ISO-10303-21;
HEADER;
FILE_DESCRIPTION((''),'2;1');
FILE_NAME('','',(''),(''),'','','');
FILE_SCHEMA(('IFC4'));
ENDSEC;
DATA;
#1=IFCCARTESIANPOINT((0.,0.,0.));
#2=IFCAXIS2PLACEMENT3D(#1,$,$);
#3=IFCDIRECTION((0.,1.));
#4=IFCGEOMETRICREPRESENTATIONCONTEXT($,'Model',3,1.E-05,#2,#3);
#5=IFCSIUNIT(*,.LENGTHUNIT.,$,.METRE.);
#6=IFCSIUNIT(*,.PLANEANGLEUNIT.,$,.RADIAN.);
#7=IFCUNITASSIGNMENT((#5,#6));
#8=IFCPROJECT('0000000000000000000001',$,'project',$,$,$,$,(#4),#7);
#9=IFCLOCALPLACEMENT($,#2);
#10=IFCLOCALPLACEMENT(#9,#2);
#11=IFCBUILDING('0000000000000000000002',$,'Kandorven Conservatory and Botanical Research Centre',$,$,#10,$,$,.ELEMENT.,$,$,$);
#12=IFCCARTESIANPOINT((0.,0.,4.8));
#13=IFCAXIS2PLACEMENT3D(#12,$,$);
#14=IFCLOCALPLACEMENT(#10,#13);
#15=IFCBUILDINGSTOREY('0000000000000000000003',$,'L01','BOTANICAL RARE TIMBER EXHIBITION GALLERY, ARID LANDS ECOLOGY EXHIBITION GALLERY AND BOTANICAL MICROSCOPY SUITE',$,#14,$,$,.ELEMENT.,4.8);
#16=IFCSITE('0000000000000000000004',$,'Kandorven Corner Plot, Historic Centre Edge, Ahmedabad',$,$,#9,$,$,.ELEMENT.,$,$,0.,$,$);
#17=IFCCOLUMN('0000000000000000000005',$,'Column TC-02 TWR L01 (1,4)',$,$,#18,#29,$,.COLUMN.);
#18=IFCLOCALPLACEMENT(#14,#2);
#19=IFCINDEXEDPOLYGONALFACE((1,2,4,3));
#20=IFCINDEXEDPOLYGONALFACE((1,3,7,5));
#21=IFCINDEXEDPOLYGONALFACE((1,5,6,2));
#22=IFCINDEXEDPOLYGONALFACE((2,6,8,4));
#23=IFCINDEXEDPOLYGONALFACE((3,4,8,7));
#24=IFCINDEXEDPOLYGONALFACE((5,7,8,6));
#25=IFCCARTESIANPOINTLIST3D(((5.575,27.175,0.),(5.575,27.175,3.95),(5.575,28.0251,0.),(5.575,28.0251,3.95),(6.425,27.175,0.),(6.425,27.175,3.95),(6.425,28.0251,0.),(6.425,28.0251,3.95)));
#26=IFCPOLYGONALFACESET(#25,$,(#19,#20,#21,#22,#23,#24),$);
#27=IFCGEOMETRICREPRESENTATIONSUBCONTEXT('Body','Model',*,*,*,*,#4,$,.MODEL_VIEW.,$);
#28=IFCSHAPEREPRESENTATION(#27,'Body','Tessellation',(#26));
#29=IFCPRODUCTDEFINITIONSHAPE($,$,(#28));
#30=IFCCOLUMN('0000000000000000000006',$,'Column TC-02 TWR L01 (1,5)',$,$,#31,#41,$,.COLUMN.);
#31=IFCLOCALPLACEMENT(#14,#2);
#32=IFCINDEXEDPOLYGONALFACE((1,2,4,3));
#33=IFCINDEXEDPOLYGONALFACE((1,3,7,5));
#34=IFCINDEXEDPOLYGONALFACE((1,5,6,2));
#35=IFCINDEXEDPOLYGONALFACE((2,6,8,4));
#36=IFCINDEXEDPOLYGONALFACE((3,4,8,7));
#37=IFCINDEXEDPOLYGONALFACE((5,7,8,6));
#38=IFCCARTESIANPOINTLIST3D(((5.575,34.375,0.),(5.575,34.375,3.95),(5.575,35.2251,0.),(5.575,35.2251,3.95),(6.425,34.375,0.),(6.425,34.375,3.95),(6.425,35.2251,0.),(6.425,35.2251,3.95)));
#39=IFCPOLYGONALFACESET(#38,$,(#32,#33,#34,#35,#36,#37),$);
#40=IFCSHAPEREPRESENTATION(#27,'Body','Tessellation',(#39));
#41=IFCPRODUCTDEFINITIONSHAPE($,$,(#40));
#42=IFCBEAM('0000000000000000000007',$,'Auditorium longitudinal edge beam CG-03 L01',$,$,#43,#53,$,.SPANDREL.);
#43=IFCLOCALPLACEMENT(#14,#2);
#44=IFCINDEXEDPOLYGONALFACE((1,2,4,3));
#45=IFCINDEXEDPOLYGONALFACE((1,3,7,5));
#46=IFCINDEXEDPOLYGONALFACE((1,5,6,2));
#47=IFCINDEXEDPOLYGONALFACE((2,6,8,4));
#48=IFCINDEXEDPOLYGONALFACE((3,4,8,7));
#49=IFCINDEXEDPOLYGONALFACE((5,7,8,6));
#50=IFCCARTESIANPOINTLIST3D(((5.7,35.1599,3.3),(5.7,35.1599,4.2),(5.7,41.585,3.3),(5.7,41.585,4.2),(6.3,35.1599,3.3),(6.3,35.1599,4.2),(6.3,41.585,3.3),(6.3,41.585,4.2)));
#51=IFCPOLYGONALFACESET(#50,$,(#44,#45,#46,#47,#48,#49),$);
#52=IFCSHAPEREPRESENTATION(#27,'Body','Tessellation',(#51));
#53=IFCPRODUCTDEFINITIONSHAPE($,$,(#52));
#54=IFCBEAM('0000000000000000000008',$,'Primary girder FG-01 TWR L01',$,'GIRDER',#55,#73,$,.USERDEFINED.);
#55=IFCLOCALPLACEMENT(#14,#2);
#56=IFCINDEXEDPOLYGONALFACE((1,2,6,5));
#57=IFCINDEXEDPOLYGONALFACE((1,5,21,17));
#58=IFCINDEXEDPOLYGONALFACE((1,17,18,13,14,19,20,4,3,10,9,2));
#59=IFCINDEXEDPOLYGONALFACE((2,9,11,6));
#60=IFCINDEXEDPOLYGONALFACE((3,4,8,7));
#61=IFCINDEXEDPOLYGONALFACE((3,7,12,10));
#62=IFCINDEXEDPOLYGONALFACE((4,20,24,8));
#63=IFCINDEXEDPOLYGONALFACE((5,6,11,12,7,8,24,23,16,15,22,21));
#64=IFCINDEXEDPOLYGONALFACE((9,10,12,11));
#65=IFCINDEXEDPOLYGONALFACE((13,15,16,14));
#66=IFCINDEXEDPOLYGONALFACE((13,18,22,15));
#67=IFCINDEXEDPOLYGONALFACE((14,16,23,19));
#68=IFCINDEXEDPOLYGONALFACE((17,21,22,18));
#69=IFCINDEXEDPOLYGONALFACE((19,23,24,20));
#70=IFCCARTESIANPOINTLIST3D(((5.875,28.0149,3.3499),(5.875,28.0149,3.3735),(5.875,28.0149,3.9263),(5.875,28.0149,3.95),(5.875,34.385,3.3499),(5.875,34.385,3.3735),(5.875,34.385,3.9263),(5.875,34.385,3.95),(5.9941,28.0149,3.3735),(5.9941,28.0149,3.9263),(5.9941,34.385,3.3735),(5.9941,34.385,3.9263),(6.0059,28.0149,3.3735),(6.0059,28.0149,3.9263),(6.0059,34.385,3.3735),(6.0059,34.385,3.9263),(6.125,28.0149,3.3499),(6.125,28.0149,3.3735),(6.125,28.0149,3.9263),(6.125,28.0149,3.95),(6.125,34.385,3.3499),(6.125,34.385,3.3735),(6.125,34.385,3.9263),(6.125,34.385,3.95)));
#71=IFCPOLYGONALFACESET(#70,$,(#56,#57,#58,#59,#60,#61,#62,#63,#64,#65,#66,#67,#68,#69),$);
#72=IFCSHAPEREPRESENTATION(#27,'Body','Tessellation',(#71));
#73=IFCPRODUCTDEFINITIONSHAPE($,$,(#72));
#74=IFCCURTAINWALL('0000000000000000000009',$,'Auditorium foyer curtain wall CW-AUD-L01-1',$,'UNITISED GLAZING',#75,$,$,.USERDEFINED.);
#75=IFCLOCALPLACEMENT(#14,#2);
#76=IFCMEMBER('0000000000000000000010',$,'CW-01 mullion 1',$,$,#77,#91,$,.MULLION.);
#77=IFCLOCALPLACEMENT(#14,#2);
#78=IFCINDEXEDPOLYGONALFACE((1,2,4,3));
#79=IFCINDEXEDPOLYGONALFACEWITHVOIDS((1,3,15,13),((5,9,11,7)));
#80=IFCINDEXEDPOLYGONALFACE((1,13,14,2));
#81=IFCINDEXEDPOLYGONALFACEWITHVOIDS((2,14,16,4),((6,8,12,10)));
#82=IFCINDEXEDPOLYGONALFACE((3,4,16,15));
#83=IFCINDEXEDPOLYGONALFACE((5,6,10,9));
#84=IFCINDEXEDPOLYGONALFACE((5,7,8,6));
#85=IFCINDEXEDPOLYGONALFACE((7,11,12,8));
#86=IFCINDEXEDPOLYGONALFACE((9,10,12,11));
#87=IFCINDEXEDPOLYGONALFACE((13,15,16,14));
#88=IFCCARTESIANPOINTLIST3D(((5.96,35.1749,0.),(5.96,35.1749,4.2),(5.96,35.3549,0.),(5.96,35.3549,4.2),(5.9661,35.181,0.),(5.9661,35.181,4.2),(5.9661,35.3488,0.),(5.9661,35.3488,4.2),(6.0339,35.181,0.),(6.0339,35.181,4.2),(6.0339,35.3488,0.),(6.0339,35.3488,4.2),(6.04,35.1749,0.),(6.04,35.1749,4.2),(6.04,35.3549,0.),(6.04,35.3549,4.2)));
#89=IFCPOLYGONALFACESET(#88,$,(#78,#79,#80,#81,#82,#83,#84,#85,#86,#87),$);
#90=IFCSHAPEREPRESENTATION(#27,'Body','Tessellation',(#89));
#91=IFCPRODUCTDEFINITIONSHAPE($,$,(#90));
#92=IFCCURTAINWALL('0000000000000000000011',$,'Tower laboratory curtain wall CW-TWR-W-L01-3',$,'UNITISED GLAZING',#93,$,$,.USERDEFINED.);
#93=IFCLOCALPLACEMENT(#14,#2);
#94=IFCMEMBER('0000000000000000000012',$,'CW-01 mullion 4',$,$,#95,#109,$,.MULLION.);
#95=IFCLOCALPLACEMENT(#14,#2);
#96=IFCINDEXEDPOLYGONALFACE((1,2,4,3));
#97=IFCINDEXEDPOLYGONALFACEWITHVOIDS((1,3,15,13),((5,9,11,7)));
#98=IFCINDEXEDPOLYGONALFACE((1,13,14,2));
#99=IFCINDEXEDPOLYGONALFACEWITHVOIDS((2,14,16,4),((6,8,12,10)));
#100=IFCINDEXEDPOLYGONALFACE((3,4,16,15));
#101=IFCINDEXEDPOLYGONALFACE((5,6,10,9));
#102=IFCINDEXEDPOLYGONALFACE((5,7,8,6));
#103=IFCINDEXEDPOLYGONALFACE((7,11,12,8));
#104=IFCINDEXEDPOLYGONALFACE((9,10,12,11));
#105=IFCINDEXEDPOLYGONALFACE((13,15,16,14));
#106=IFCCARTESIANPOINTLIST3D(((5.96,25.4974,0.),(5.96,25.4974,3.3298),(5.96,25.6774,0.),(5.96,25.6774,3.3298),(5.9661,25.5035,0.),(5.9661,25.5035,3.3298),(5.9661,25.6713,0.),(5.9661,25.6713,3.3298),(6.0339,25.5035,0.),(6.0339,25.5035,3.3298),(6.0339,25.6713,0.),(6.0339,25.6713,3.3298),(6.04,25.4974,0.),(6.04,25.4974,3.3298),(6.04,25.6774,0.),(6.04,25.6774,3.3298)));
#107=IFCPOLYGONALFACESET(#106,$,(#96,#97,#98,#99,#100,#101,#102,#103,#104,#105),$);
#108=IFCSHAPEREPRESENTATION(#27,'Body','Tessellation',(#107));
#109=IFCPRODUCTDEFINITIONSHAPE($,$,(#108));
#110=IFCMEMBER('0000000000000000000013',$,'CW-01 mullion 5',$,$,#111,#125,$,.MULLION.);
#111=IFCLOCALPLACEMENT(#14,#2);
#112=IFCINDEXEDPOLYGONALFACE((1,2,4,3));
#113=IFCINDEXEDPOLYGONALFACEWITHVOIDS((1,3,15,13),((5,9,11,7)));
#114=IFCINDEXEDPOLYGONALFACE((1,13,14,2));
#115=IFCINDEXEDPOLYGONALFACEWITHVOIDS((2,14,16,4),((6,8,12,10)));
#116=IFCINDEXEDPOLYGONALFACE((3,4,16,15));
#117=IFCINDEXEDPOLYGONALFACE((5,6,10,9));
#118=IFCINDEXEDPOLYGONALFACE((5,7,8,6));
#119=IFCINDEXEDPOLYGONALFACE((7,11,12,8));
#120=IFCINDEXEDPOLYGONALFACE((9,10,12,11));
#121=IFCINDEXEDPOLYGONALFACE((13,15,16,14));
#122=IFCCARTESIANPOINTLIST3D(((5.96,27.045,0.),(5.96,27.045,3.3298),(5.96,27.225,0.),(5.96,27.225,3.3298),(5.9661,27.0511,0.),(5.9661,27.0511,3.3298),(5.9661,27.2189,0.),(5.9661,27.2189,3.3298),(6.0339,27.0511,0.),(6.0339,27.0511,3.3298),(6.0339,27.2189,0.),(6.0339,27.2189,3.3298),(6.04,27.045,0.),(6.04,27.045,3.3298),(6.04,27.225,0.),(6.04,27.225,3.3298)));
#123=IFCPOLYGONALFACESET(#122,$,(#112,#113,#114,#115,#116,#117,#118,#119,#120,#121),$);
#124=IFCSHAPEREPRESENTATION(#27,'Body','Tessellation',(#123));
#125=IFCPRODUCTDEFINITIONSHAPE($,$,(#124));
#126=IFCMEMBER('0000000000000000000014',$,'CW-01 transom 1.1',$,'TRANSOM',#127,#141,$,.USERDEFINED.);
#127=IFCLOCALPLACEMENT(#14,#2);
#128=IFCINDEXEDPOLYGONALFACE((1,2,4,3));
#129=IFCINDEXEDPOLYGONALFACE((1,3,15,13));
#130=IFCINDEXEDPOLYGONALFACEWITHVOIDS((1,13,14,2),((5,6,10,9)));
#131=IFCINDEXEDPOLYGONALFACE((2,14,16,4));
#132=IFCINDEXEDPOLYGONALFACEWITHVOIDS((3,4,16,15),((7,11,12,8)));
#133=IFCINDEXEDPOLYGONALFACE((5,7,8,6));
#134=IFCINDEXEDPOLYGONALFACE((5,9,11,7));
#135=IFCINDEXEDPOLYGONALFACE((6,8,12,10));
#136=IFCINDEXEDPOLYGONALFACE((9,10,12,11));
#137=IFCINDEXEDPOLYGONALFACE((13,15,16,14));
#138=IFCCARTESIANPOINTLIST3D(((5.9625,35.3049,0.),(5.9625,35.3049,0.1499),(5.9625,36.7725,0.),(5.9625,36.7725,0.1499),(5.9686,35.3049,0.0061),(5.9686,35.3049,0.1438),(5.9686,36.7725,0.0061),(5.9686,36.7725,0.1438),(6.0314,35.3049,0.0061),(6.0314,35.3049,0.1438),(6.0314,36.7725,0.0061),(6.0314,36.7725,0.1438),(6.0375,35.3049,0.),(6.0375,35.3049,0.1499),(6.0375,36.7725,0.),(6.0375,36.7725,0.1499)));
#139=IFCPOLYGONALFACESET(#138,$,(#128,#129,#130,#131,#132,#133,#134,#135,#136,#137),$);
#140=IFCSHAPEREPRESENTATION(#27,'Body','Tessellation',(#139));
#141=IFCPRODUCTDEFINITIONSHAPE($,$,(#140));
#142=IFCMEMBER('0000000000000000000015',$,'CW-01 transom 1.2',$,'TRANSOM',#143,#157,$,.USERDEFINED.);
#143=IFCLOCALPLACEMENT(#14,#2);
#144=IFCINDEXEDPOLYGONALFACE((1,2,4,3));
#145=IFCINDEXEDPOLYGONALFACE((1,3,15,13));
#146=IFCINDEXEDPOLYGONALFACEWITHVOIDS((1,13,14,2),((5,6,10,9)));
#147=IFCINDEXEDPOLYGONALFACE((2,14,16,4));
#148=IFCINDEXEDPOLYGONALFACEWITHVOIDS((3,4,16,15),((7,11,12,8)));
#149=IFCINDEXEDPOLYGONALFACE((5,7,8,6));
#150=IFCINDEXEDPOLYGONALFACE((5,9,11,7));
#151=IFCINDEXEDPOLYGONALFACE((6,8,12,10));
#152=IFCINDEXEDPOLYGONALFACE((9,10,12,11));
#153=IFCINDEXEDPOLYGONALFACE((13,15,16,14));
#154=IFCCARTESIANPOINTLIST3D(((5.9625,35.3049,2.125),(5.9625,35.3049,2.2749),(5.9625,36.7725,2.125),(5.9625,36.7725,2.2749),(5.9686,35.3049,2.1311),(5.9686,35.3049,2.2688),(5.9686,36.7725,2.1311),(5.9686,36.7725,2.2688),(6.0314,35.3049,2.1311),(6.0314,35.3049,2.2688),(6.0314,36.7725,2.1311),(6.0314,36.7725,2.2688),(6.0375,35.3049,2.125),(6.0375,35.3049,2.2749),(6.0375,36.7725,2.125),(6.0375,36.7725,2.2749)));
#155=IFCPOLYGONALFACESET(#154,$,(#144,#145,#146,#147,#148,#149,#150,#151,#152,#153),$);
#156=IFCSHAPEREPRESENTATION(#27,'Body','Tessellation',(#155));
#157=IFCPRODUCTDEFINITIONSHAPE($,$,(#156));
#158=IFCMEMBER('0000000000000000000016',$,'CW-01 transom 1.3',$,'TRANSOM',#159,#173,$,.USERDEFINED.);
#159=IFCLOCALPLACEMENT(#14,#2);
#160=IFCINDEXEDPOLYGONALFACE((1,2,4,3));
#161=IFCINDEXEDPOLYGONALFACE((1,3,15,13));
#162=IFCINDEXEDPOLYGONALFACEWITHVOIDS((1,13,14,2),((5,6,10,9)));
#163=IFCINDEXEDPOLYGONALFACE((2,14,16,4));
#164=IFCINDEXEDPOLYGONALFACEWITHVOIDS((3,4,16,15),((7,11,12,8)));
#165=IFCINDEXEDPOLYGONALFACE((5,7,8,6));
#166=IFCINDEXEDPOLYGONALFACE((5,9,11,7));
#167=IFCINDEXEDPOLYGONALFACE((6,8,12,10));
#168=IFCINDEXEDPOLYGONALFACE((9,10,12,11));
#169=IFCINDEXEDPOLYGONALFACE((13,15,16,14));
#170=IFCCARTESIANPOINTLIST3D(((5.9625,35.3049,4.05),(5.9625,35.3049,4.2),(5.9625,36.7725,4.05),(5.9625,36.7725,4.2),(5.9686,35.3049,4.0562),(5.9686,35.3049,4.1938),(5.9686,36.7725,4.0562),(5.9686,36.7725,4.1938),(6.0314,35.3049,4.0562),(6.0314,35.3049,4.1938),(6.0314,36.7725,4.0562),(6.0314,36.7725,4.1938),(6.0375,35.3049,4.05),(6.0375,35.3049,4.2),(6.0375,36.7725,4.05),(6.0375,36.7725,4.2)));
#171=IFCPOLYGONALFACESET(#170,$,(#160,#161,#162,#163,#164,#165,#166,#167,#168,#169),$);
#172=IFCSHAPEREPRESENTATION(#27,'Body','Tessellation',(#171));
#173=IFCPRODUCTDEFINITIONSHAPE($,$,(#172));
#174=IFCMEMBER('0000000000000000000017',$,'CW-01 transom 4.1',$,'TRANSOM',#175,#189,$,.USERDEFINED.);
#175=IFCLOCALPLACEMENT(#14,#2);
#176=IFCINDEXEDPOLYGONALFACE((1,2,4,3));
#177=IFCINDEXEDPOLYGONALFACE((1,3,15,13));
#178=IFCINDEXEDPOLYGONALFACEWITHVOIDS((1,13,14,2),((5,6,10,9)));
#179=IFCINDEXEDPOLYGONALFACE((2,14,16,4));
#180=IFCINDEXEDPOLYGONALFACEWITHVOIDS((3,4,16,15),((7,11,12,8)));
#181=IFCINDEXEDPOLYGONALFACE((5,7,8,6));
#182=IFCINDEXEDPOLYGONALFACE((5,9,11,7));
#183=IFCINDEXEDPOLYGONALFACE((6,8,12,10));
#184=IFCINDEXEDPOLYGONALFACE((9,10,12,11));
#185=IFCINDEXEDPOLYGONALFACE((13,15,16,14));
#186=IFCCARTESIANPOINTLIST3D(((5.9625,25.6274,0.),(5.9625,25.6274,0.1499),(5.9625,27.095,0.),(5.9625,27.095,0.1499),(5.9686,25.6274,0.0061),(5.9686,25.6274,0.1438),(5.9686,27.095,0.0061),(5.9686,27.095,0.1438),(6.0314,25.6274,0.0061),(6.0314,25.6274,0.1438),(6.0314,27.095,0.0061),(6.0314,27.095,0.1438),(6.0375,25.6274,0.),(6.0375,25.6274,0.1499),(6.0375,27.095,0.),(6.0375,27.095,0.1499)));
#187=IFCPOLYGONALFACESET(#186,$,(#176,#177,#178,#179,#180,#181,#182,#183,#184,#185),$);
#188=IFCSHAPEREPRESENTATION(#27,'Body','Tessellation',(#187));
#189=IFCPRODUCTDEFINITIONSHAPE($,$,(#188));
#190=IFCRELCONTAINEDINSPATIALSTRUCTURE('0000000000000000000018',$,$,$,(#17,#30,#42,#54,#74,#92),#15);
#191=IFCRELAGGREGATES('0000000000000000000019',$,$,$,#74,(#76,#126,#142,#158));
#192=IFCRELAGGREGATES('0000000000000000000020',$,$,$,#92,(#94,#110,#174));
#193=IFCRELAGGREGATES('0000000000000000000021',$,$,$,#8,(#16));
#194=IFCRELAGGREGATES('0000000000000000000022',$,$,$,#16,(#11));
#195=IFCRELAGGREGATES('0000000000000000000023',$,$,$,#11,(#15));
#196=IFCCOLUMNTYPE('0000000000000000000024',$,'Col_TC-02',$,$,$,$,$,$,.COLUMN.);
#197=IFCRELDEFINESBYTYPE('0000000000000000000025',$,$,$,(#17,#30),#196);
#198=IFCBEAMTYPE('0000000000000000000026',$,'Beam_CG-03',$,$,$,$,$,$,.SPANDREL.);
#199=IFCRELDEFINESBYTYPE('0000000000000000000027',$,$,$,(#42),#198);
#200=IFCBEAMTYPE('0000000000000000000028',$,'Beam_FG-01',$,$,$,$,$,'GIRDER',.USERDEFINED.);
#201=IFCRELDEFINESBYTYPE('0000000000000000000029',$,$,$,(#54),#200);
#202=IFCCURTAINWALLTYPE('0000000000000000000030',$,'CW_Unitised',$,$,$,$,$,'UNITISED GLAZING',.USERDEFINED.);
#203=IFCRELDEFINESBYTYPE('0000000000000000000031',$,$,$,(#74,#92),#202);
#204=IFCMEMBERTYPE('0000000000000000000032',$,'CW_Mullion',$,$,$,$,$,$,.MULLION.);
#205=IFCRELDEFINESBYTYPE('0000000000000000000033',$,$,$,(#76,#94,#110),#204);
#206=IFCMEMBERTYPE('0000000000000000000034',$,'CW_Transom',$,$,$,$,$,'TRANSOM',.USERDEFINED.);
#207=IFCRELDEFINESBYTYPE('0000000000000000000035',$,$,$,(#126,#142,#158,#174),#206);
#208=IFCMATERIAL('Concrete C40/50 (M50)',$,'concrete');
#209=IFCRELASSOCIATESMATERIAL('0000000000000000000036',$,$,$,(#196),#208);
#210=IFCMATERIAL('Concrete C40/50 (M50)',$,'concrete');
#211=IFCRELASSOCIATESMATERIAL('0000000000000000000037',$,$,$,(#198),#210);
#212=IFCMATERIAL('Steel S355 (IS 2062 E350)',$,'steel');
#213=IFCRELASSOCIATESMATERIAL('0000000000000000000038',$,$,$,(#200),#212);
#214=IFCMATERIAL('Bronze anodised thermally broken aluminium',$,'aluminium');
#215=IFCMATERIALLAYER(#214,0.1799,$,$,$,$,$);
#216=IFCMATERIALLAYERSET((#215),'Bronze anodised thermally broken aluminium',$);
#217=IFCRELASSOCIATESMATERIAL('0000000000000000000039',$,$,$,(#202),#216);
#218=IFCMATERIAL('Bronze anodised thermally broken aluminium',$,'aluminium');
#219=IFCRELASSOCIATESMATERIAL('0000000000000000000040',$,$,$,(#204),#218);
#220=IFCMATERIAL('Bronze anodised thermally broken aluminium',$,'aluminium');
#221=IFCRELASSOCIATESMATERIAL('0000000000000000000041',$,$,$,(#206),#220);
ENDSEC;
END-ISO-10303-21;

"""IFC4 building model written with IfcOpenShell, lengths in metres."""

from ifc_helpers import new_model, si_unit, direction, frame, origin, origin_2d, place, context, subcontext, project, spatial, rectangle, hollow_rectangle, i_section, extrude, material, layer, layer_set, material_profile, profile_set, type_object, element, aggregate, save


model = new_model("IFC4")

# Units and contexts
model_context = context("Model", 3, precision=1e-05, world=origin(), true_north=direction((0.0, 1.0)))
body_context = subcontext(model_context, "Body", "Model", "MODEL_VIEW")
ifc_project = project(units=[si_unit("LENGTHUNIT", "METRE"), si_unit("PLANEANGLEUNIT", "RADIAN")], contexts=[model_context])

# Site, building, storey
site_placement = place(None, origin())
site = spatial("IfcSite", under=ifc_project, at=site_placement, Name="Kandorven Corner Plot, Historic Centre Edge, Ahmedabad", CompositionType="ELEMENT", RefElevation=0.0)
building_placement = place(site_placement, origin())
building = spatial("IfcBuilding", under=site, at=building_placement, Name="Kandorven Conservatory and Botanical Research Centre", CompositionType="ELEMENT")
storey_placement = place(building_placement, frame((0.0, 0.0, 4.8)))
storey = spatial("IfcBuildingStorey", under=building, at=storey_placement, Name="L01", Description="BOTANICAL RARE TIMBER EXHIBITION GALLERY, ARID LANDS ECOLOGY EXHIBITION GALLERY AND BOTANICAL MICROSCOPY SUITE", CompositionType="ELEMENT", Elevation=4.8)

# Columns
ifc_material_1 = material(Name="Concrete C40/50 (M50)", Category="concrete")
ifc_material_profile_1 = material_profile(ifc_material_1, rectangle(XDim=0.8501, YDim=0.8501, at=origin_2d()))
ifc_profile_set_1 = profile_set([ifc_material_profile_1], Name="Concrete C40/50 (M50)")
column_type = type_object("IfcColumnType", Name="Col_TC-02", PredefinedType="COLUMN", material=ifc_profile_set_1)
for number, where, z_axis, x_axis, name in (
    (1, (6.0, 27.6001, 0.0), (0.0, 0.0, 1.0), (1.0, 0.0, 0.0), "Column TC-02 TWR L01 (1,4)"),
    (2, (6.0, 34.8, 0.0), (0.0, 0.0, 1.0), (1.0, 0.0, 0.0), "Column TC-02 TWR L01 (1,5)"),
):
    element("IfcColumn", number, at=place(storey_placement, frame(where, z_axis=z_axis, x_axis=x_axis)), inside=storey, type_object=column_type, Name=name, PredefinedType="COLUMN", context=body_context, shape_type="SweptSolid", body=[
        extrude(rectangle(XDim=0.8501, YDim=0.8501, at=origin_2d()), origin(), (0.0, 0.0, 1.0), 3.95),
    ])

# Beams
ifc_material_2 = material(Name="Concrete C40/50 (M50)", Category="concrete")
ifc_material_profile_2 = material_profile(ifc_material_2, rectangle(XDim=0.6001, YDim=0.8999, at=origin_2d()))
ifc_profile_set_2 = profile_set([ifc_material_profile_2], Name="Concrete C40/50 (M50)")
beam_type_1 = type_object("IfcBeamType", Name="Beam_CG-03", PredefinedType="SPANDREL", material=ifc_profile_set_2)
beam_1_placement = place(storey_placement, frame((6.0, 35.1599, 3.75), z_axis=(0.0, 1.0, 0.0), x_axis=(-1.0, 0.0, 0.0)))
element("IfcBeam", 3, at=beam_1_placement, inside=storey, type_object=beam_type_1, Name="Auditorium longitudinal edge beam CG-03 L01", PredefinedType="SPANDREL", context=body_context, shape_type="SweptSolid", body=[
    extrude(rectangle(XDim=0.6001, YDim=0.8999, at=origin_2d()), origin(), (0.0, 0.0, 1.0), 6.425),
])
ifc_material_3 = material(Name="Steel S355 (IS 2062 E350)", Category="steel")
ifc_material_profile_3 = material_profile(ifc_material_3, i_section(OverallWidth=0.25, OverallDepth=0.6001, WebThickness=0.0117, FlangeThickness=0.0237, at=origin_2d()))
ifc_profile_set_3 = profile_set([ifc_material_profile_3], Name="Steel S355 (IS 2062 E350)")
beam_type_2 = type_object("IfcBeamType", Name="Beam_FG-01", ElementType="GIRDER", PredefinedType="USERDEFINED", material=ifc_profile_set_3)
beam_2_placement = place(storey_placement, frame((6.0, 28.0149, 3.6499), z_axis=(0.0, 1.0, 0.0), x_axis=(-1.0, 0.0, 0.0)))
element("IfcBeam", 4, at=beam_2_placement, inside=storey, type_object=beam_type_2, Name="Primary girder FG-01 TWR L01", ObjectType="GIRDER", PredefinedType="USERDEFINED", context=body_context, shape_type="SweptSolid", body=[
    extrude(i_section(OverallWidth=0.25, OverallDepth=0.6001, WebThickness=0.0117, FlangeThickness=0.0237, at=origin_2d()), origin(), (0.0, 0.0, 1.0), 6.3701),
])

# Curtain wall, member
ifc_material_4 = material(Name="Bronze anodised thermally broken aluminium", Category="aluminium")
ifc_layer_1 = layer(ifc_material_4, 0.1799)
ifc_layer_set_1 = layer_set([ifc_layer_1], Name="Bronze anodised thermally broken aluminium")
curtain_wall_type = type_object("IfcCurtainWallType", Name="CW_Unitised", ElementType="UNITISED GLAZING", PredefinedType="USERDEFINED", material=ifc_layer_set_1)
curtain_wall_1_placement = place(storey_placement, origin())
curtain_wall_1 = element("IfcCurtainWall", 5, at=curtain_wall_1_placement, inside=storey, type_object=curtain_wall_type, Name="Auditorium foyer curtain wall CW-AUD-L01-1", ObjectType="UNITISED GLAZING", PredefinedType="USERDEFINED")
ifc_material_5 = material(Name="Bronze anodised thermally broken aluminium", Category="aluminium")
ifc_material_profile_4 = material_profile(ifc_material_5, hollow_rectangle(XDim=0.0801, YDim=0.1799, WallThickness=0.0061, at=origin_2d()))
ifc_profile_set_4 = profile_set([ifc_material_profile_4], Name="Bronze anodised thermally broken aluminium")
member_type_1 = type_object("IfcMemberType", Name="CW_Mullion", PredefinedType="MULLION", material=ifc_profile_set_4)
member_1_placement = place(storey_placement, frame((6.0, 35.2649, 0.0), z_axis=(0.0, 0.0, 1.0), x_axis=(-1.0, 0.0, 0.0)))
member_1 = element("IfcMember", 6, at=member_1_placement, type_object=member_type_1, Name="CW-01 mullion 1", PredefinedType="MULLION", context=body_context, shape_type="SweptSolid", body=[
    extrude(hollow_rectangle(XDim=0.0801, YDim=0.1799, WallThickness=0.0061, at=origin_2d()), origin(), (0.0, 0.0, 1.0), 4.2),
])

# Curtain wall, members
curtain_wall_2_placement = place(storey_placement, origin())
curtain_wall_2 = element("IfcCurtainWall", 7, at=curtain_wall_2_placement, inside=storey, type_object=curtain_wall_type, Name="Tower laboratory curtain wall CW-TWR-W-L01-3", ObjectType="UNITISED GLAZING", PredefinedType="USERDEFINED")
member_2_placement = place(storey_placement, frame((6.0, 25.5874, 0.0), z_axis=(0.0, 0.0, 1.0), x_axis=(-1.0, 0.0, 0.0)))
member_2 = element("IfcMember", 8, at=member_2_placement, type_object=member_type_1, Name="CW-01 mullion 4", PredefinedType="MULLION", context=body_context, shape_type="SweptSolid", body=[
    extrude(hollow_rectangle(XDim=0.0801, YDim=0.1799, WallThickness=0.0061, at=origin_2d()), origin(), (0.0, 0.0, 1.0), 3.3298),
])
member_3_placement = place(storey_placement, frame((6.0, 27.135, 0.0), z_axis=(0.0, 0.0, 1.0), x_axis=(-1.0, 0.0, 0.0)))
member_3 = element("IfcMember", 9, at=member_3_placement, type_object=member_type_1, Name="CW-01 mullion 5", PredefinedType="MULLION", context=body_context, shape_type="SweptSolid", body=[
    extrude(hollow_rectangle(XDim=0.0801, YDim=0.1799, WallThickness=0.0061, at=origin_2d()), origin(), (0.0, 0.0, 1.0), 3.3298),
])

# Members
ifc_material_6 = material(Name="Bronze anodised thermally broken aluminium", Category="aluminium")
ifc_material_profile_5 = material_profile(ifc_material_6, hollow_rectangle(XDim=0.075, YDim=0.1499, WallThickness=0.0061, at=origin_2d()))
ifc_profile_set_5 = profile_set([ifc_material_profile_5], Name="Bronze anodised thermally broken aluminium")
member_type_2 = type_object("IfcMemberType", Name="CW_Transom", ElementType="TRANSOM", PredefinedType="USERDEFINED", material=ifc_profile_set_5)
member_4_placement = place(storey_placement, frame((6.0, 35.3049, 0.075), z_axis=(0.0, 1.0, 0.0), x_axis=(-1.0, 0.0, 0.0)))
member_4 = element("IfcMember", 10, at=member_4_placement, type_object=member_type_2, Name="CW-01 transom 1.1", ObjectType="TRANSOM", PredefinedType="USERDEFINED", context=body_context, shape_type="SweptSolid", body=[
    extrude(hollow_rectangle(XDim=0.075, YDim=0.1499, WallThickness=0.0061, at=origin_2d()), origin(), (0.0, 0.0, 1.0), 1.4675),
])
member_5_placement = place(storey_placement, frame((6.0, 35.3049, 2.2), z_axis=(0.0, 1.0, 0.0), x_axis=(-1.0, 0.0, 0.0)))
member_5 = element("IfcMember", 11, at=member_5_placement, type_object=member_type_2, Name="CW-01 transom 1.2", ObjectType="TRANSOM", PredefinedType="USERDEFINED", context=body_context, shape_type="SweptSolid", body=[
    extrude(hollow_rectangle(XDim=0.075, YDim=0.1499, WallThickness=0.0061, at=origin_2d()), origin(), (0.0, 0.0, 1.0), 1.4675),
])
member_6_placement = place(storey_placement, frame((6.0, 35.3049, 4.125), z_axis=(0.0, 1.0, 0.0), x_axis=(-1.0, 0.0, 0.0)))
member_6 = element("IfcMember", 12, at=member_6_placement, type_object=member_type_2, Name="CW-01 transom 1.3", ObjectType="TRANSOM", PredefinedType="USERDEFINED", context=body_context, shape_type="SweptSolid", body=[
    extrude(hollow_rectangle(XDim=0.075, YDim=0.1499, WallThickness=0.0061, at=origin_2d()), origin(), (0.0, 0.0, 1.0), 1.4675),
])
member_7_placement = place(storey_placement, frame((6.0, 25.6274, 0.075), z_axis=(0.0, 1.0, 0.0), x_axis=(-1.0, 0.0, 0.0)))
member_7 = element("IfcMember", 13, at=member_7_placement, type_object=member_type_2, Name="CW-01 transom 4.1", ObjectType="TRANSOM", PredefinedType="USERDEFINED", context=body_context, shape_type="SweptSolid", body=[
    extrude(hollow_rectangle(XDim=0.075, YDim=0.1499, WallThickness=0.0061, at=origin_2d()), origin(), (0.0, 0.0, 1.0), 1.4675),
])

aggregate(curtain_wall_1, [member_1, member_4, member_5, member_6])
aggregate(curtain_wall_2, [member_2, member_3, member_7])

save(model, "model.ifc")
